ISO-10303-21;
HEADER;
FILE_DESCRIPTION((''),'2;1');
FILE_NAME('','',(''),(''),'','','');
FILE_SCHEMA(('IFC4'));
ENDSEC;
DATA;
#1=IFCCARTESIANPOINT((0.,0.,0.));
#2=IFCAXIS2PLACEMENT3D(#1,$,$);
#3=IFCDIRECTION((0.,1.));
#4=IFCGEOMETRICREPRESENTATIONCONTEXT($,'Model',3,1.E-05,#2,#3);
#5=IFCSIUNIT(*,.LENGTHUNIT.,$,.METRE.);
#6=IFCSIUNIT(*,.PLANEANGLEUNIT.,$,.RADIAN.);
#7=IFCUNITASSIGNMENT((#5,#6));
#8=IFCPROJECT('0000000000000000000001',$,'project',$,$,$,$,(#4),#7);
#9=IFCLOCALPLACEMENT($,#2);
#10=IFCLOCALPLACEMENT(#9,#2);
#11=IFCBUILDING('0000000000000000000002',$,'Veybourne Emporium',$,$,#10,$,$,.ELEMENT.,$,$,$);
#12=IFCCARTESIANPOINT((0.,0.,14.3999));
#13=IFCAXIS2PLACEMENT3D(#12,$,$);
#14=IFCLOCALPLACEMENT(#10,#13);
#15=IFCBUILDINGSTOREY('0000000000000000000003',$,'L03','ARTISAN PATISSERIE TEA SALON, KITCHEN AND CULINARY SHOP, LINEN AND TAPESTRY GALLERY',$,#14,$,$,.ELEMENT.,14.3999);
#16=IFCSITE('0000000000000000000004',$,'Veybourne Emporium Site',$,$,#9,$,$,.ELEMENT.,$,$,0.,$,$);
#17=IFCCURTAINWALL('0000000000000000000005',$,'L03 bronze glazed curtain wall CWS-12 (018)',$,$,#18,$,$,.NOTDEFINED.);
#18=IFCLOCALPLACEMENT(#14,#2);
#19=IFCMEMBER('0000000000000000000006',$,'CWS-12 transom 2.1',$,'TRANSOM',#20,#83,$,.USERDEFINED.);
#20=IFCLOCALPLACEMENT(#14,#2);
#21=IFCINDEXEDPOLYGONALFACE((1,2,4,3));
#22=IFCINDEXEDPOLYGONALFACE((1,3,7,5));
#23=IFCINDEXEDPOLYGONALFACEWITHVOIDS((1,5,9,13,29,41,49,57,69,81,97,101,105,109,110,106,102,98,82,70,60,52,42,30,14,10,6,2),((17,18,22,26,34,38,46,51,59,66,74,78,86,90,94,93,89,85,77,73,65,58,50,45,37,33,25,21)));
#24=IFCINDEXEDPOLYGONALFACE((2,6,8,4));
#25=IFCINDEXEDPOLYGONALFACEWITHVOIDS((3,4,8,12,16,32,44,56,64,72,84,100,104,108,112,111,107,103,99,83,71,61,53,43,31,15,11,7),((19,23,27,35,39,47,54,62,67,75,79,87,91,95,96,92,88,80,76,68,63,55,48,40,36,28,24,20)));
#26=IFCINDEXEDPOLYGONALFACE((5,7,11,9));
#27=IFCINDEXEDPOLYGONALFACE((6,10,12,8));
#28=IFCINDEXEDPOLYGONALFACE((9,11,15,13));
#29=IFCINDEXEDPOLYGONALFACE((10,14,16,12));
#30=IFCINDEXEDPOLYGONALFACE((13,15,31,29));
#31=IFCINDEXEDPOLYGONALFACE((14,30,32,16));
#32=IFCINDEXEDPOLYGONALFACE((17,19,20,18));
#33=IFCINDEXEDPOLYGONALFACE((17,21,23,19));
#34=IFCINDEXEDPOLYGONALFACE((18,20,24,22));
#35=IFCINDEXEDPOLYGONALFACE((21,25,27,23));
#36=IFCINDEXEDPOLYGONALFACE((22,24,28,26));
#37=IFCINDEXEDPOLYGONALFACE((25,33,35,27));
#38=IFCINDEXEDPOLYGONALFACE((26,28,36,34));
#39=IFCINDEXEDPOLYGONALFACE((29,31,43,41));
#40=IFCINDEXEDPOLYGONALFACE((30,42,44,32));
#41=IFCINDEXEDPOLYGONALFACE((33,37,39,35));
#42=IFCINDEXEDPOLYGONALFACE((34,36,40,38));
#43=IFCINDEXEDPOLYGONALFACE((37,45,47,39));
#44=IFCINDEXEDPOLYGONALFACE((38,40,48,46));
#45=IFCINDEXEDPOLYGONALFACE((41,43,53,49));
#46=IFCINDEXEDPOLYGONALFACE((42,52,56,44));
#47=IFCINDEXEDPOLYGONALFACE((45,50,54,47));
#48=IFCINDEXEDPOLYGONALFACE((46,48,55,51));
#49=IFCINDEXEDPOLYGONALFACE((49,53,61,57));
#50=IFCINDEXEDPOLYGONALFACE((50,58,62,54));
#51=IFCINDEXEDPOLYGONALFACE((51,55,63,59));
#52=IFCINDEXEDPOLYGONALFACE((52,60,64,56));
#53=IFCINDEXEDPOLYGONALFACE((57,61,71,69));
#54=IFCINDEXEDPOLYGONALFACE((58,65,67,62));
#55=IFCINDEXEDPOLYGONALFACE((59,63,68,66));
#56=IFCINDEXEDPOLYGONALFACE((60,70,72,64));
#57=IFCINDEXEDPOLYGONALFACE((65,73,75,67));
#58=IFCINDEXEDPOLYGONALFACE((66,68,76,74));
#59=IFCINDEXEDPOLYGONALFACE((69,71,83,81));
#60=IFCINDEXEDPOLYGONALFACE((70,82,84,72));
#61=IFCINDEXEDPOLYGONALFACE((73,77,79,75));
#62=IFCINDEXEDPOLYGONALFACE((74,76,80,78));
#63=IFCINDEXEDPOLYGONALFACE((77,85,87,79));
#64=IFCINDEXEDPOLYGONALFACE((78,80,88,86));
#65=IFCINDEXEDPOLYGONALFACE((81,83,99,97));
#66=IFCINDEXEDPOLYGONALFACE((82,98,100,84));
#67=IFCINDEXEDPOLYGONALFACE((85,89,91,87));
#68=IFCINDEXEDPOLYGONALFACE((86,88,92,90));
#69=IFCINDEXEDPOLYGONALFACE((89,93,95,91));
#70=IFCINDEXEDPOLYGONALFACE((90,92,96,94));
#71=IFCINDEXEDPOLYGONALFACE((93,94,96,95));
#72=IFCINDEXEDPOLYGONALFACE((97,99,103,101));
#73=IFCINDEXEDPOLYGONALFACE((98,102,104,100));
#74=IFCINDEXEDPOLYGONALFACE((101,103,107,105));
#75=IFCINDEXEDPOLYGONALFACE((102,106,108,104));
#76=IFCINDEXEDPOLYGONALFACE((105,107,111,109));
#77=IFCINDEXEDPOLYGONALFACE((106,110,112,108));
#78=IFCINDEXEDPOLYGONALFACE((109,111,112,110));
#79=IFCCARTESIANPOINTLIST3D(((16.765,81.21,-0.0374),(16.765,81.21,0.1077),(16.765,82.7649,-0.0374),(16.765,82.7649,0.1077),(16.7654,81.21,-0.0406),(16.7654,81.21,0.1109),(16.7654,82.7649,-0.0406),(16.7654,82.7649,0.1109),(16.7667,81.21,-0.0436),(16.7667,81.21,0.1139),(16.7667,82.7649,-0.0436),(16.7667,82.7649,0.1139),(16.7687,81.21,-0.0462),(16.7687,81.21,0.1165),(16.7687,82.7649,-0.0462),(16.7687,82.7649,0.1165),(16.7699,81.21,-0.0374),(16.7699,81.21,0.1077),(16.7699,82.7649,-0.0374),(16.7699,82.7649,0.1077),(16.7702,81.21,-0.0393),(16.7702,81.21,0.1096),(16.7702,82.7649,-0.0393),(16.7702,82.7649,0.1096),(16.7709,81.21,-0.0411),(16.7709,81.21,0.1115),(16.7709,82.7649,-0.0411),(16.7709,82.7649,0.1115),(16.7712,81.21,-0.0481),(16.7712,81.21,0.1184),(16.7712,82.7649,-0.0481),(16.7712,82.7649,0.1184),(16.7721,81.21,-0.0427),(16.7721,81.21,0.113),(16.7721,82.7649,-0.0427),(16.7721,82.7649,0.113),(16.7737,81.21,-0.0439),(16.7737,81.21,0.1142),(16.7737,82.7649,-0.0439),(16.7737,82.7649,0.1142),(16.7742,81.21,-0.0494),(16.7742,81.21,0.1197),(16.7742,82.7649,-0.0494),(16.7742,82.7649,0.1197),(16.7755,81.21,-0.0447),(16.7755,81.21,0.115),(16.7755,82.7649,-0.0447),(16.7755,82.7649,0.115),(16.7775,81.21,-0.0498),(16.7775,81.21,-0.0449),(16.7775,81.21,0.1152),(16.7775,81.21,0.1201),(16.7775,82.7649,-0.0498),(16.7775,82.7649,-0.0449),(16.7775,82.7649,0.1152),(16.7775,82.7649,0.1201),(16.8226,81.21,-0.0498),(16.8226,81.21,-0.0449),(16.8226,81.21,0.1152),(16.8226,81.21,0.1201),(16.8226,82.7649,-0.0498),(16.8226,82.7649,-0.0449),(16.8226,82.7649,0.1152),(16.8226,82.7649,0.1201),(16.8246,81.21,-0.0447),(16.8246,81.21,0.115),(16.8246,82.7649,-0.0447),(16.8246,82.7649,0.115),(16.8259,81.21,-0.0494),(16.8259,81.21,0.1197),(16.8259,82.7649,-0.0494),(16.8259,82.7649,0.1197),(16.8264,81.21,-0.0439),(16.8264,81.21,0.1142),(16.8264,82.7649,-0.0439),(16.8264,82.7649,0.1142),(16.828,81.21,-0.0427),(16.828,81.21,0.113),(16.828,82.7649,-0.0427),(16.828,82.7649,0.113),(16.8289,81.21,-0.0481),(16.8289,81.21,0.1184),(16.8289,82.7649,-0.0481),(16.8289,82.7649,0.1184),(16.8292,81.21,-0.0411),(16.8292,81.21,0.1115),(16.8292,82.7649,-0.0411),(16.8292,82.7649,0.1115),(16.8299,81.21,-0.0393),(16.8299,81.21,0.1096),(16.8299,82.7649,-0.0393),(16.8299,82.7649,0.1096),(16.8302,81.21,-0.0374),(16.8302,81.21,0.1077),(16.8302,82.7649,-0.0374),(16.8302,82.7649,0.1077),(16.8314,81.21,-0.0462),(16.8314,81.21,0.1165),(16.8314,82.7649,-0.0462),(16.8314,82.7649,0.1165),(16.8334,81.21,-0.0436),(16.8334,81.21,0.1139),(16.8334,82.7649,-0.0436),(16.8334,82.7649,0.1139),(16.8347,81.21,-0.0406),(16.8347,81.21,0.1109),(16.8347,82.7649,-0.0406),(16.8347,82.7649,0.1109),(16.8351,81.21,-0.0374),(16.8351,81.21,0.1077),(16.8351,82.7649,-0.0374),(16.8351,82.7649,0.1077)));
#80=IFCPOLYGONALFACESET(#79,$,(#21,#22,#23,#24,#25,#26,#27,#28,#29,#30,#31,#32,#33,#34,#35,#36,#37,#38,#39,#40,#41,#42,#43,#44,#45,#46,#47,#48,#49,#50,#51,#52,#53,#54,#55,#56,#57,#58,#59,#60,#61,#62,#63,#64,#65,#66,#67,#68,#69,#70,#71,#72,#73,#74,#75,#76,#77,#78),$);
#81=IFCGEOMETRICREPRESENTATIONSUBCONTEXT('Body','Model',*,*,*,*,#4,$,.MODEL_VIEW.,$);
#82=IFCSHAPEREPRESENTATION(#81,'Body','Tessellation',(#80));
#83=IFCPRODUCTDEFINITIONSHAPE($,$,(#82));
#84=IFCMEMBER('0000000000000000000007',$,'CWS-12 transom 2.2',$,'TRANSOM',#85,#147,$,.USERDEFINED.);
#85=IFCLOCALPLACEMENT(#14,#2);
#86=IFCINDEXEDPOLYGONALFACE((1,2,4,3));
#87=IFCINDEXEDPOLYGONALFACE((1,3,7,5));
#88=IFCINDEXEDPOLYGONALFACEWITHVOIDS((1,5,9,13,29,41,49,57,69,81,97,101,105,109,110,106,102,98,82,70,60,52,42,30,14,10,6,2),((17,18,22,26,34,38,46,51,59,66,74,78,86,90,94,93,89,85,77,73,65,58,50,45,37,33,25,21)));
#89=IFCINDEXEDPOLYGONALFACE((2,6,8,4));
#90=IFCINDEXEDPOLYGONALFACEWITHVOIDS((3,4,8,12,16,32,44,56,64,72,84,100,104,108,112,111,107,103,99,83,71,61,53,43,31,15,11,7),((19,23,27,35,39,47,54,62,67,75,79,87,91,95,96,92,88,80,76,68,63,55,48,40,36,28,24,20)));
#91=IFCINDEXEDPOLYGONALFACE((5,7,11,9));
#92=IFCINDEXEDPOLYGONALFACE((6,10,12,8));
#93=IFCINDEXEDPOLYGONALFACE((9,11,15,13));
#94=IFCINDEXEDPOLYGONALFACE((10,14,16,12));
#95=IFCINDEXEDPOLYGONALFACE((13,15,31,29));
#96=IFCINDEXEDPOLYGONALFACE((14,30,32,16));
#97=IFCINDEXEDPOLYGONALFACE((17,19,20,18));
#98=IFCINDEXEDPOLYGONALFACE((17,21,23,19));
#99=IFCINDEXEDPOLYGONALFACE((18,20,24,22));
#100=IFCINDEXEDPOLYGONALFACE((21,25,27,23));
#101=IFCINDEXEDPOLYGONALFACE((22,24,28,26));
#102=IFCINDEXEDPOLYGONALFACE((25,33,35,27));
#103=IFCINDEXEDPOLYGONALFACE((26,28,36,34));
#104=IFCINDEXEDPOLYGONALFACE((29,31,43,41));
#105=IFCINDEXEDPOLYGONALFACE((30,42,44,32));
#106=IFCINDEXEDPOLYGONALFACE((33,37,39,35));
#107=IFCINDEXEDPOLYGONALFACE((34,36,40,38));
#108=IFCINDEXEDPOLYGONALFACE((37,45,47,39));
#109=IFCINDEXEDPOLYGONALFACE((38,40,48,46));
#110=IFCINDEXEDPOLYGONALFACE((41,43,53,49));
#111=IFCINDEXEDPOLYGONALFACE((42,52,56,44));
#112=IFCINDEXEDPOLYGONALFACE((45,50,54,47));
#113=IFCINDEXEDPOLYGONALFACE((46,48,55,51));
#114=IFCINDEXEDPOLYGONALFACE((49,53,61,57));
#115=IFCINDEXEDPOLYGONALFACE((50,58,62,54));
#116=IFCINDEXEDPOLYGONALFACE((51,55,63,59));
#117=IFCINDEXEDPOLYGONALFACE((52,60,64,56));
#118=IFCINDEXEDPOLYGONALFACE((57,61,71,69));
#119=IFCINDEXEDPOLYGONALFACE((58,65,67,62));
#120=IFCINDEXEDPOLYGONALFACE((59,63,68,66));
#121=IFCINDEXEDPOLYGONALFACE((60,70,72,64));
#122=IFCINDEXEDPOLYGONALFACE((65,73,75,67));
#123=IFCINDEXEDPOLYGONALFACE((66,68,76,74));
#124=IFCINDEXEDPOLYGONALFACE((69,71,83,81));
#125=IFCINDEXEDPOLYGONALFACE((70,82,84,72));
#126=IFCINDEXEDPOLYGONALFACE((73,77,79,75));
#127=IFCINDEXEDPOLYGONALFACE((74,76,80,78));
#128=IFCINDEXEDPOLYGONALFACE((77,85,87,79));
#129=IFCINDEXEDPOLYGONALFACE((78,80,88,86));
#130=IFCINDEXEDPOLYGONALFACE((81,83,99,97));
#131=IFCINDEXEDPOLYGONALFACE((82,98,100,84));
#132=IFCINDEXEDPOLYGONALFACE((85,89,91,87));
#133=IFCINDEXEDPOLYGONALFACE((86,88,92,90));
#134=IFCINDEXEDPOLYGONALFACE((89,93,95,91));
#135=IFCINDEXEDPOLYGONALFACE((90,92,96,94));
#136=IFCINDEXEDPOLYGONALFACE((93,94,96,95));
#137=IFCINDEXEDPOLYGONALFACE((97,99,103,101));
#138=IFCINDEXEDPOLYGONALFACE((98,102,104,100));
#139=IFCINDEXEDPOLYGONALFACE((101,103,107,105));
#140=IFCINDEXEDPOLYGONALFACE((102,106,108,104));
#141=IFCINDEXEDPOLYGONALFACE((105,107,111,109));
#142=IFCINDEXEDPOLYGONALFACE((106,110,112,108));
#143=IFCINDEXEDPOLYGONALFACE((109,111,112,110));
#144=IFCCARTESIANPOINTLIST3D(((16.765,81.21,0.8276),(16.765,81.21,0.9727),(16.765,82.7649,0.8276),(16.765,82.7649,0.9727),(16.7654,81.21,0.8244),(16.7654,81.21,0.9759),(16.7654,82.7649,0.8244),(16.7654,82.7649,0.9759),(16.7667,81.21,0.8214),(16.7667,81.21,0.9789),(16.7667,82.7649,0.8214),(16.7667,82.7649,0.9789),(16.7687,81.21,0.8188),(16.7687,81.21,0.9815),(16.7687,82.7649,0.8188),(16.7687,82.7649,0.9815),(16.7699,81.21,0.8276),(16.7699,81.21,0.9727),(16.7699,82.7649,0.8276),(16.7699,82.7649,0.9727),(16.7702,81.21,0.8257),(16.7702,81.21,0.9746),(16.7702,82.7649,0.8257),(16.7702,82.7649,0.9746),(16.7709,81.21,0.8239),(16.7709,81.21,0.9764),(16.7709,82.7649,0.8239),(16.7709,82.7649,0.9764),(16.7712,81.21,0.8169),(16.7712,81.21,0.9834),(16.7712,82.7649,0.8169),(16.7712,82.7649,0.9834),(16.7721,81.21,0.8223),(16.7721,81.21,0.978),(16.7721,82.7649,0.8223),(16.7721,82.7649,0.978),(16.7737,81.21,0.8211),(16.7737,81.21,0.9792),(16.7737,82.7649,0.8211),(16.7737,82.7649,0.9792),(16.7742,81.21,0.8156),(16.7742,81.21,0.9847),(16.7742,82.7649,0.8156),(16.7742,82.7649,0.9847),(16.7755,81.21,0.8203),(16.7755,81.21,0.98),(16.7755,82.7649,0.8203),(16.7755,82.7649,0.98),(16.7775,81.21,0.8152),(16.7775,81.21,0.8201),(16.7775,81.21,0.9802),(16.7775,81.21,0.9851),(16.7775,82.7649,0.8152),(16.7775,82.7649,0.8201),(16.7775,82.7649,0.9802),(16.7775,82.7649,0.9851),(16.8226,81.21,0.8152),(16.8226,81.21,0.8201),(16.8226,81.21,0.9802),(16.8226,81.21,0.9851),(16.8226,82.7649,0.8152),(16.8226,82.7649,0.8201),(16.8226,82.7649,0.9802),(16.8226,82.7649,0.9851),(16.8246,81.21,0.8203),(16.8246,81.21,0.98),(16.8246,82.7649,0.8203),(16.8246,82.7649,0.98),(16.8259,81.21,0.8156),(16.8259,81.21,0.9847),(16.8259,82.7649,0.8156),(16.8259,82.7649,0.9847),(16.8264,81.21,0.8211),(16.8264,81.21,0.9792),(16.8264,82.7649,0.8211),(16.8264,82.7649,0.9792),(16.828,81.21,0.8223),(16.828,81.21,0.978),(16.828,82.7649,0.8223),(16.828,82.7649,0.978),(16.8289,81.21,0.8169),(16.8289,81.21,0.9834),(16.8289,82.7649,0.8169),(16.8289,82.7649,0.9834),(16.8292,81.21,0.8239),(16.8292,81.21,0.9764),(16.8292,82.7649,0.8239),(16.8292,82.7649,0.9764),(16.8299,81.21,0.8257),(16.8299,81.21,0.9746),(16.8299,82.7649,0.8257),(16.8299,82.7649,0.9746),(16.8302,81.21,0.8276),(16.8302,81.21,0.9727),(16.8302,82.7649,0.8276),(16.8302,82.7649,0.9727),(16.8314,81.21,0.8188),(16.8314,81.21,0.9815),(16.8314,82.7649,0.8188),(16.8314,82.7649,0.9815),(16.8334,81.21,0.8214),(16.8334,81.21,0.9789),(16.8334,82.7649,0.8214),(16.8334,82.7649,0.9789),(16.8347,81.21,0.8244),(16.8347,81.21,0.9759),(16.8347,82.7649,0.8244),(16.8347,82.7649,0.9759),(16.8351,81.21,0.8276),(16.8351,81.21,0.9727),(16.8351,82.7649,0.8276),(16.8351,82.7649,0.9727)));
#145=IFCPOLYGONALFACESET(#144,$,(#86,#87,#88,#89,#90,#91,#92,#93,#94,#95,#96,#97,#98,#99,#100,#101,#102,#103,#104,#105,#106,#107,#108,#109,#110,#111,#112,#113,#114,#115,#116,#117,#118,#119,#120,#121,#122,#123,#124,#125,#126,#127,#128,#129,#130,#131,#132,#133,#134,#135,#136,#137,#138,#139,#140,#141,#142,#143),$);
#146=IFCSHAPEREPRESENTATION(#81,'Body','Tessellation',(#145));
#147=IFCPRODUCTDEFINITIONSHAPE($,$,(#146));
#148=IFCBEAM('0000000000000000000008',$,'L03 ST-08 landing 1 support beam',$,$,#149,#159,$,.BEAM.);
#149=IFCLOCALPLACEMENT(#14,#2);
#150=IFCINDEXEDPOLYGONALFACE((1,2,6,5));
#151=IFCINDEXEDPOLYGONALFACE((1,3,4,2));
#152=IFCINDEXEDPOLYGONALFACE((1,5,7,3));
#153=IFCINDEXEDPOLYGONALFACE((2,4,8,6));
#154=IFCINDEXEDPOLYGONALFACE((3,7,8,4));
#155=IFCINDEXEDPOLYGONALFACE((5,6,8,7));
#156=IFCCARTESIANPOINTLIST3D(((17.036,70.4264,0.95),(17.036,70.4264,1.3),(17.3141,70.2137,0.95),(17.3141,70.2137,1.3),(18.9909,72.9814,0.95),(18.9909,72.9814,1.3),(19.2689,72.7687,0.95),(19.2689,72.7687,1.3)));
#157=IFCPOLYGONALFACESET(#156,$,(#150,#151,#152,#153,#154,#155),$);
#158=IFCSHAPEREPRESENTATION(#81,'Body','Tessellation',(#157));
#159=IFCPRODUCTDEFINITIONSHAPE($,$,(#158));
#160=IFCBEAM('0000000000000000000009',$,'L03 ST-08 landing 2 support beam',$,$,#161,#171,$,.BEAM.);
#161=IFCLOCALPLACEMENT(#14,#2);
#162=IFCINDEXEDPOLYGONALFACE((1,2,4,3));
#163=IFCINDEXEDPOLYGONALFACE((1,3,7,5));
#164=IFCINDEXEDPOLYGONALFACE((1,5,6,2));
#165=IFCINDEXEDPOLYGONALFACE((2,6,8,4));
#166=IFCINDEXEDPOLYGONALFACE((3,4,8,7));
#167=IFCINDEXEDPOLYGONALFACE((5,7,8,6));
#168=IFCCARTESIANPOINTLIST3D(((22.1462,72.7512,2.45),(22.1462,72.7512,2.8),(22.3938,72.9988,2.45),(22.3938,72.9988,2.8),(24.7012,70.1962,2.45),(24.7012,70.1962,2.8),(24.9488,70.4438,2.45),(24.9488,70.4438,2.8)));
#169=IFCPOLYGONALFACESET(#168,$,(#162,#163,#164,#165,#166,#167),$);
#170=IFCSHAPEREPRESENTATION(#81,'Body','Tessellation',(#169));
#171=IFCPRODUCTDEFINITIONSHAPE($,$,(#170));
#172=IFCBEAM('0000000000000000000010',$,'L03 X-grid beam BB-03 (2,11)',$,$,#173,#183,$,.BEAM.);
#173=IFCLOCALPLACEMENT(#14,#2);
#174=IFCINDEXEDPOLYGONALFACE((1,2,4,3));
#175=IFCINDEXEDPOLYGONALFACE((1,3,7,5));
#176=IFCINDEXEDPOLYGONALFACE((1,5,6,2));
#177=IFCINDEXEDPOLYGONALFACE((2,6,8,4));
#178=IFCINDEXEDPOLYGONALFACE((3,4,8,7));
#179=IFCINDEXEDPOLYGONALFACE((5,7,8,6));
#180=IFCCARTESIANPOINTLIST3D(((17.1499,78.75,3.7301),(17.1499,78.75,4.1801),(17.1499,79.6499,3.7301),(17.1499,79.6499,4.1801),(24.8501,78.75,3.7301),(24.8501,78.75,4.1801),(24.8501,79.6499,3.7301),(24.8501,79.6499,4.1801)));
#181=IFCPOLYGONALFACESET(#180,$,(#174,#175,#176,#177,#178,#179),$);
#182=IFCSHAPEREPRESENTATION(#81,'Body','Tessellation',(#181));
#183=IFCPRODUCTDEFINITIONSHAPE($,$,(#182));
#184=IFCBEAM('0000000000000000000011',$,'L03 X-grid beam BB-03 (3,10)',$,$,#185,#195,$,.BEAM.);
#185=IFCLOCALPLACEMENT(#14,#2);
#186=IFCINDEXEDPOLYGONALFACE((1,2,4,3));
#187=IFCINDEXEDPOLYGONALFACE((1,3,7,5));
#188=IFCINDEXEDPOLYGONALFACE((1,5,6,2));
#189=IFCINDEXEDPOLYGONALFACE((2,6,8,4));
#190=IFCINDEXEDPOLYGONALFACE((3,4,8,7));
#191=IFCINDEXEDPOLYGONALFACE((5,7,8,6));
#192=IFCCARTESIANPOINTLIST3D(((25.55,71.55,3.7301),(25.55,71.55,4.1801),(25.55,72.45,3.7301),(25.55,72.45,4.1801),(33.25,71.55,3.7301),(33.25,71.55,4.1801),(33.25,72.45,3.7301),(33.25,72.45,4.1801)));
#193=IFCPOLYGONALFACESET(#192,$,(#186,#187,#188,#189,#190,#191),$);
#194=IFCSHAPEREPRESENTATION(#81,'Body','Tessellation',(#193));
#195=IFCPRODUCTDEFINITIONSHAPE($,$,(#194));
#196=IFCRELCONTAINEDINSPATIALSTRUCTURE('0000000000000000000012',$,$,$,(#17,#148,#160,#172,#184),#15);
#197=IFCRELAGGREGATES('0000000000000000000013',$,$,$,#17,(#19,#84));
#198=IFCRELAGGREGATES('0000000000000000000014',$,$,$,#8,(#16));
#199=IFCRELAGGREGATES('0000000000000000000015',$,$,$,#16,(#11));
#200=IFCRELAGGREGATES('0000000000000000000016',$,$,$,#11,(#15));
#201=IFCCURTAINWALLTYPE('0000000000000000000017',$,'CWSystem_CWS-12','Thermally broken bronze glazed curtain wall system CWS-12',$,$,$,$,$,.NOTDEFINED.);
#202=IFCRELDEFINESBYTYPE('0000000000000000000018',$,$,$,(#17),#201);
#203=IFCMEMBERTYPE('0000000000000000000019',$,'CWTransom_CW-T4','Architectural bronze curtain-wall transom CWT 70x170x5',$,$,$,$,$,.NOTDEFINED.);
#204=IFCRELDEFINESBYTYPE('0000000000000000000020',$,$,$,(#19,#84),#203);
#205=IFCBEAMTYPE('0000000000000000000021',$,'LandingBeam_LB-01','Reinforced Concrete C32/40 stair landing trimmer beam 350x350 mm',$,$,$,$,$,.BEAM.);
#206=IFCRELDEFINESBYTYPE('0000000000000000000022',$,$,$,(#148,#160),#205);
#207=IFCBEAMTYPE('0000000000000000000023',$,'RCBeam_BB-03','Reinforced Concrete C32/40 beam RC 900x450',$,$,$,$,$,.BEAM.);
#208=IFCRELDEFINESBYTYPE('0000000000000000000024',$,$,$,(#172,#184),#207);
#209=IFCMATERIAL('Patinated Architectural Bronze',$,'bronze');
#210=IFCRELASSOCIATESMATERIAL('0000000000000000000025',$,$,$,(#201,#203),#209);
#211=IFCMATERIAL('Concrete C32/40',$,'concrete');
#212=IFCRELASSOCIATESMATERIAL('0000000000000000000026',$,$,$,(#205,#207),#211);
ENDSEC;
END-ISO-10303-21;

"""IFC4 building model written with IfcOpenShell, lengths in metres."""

from ifc_helpers import new_model, si_unit, direction, frame, origin, origin_2d, place, context, subcontext, project, spatial, rectangle, hollow_rectangle, extrude, material, material_profile, profile_set, type_object, element, aggregate, save


model = new_model("IFC4")

# Units and contexts
model_context = context("Model", 3, precision=1e-05, world=origin(), true_north=direction((0.0, 1.0)))
body_context = subcontext(model_context, "Body", "Model", "MODEL_VIEW")
ifc_project = project(units=[si_unit("LENGTHUNIT", "METRE"), si_unit("PLANEANGLEUNIT", "RADIAN")], contexts=[model_context])

# Site, building, storey
site_placement = place(None, origin())
site = spatial("IfcSite", under=ifc_project, at=site_placement, Name="Veybourne Emporium Site", CompositionType="ELEMENT", RefElevation=0.0)
building_placement = place(site_placement, origin())
building = spatial("IfcBuilding", under=site, at=building_placement, Name="Veybourne Emporium", CompositionType="ELEMENT")
storey_placement = place(building_placement, frame((0.0, 0.0, 14.3999)))
storey = spatial("IfcBuildingStorey", under=building, at=storey_placement, Name="L03", Description="ARTISAN PATISSERIE TEA SALON, KITCHEN AND CULINARY SHOP, LINEN AND TAPESTRY GALLERY", CompositionType="ELEMENT", Elevation=14.3999)

# Curtain wall, members
ifc_material_1 = material(Name="Patinated Architectural Bronze", Category="bronze")
curtain_wall_type = type_object("IfcCurtainWallType", Name="CWSystem_CWS-12", Description="Thermally broken bronze glazed curtain wall system CWS-12", PredefinedType="NOTDEFINED", material=ifc_material_1)
curtain_wall_placement = place(storey_placement, origin())
curtain_wall = element("IfcCurtainWall", 1, at=curtain_wall_placement, inside=storey, type_object=curtain_wall_type, Name="L03 bronze glazed curtain wall CWS-12 (018)", PredefinedType="NOTDEFINED")
ifc_material_profile_1 = material_profile(ifc_material_1, hollow_rectangle(XDim=0.0701, YDim=0.1699, WallThickness=0.0049, InnerFilletRadius=0.0076, OuterFilletRadius=0.0125, at=origin_2d()), Name="CWT 70x170x5")
ifc_profile_set_1 = profile_set([ifc_material_profile_1], Name="Patinated Architectural Bronze")
member_type_1 = type_object("IfcMemberType", Name="CWTransom_CW-T4", Description="Architectural bronze curtain-wall transom CWT 70x170x5", PredefinedType="NOTDEFINED", material=ifc_profile_set_1)
member_1_placement = place(storey_placement, frame((16.8, 81.21, 0.0352), z_axis=(0.0, 1.0, 0.0), x_axis=(-1.0, 0.0, 0.0)))
member_1 = element("IfcMember", 2, at=member_1_placement, type_object=member_type_1, Name="CWS-12 transom 2.1", ObjectType="TRANSOM", PredefinedType="USERDEFINED", context=body_context, shape_type="SweptSolid", body=[
    extrude(hollow_rectangle(XDim=0.0701, YDim=0.1699, WallThickness=0.0049, InnerFilletRadius=0.0076, OuterFilletRadius=0.0125, at=origin_2d()), origin(), (0.0, 0.0, 1.0), 1.5549),
])
member_2_placement = place(storey_placement, frame((16.8, 81.21, 0.9001), z_axis=(0.0, 1.0, 0.0), x_axis=(-1.0, 0.0, 0.0)))
member_2 = element("IfcMember", 3, at=member_2_placement, type_object=member_type_1, Name="CWS-12 transom 2.2", ObjectType="TRANSOM", PredefinedType="USERDEFINED", context=body_context, shape_type="SweptSolid", body=[
    extrude(hollow_rectangle(XDim=0.0701, YDim=0.1699, WallThickness=0.0049, InnerFilletRadius=0.0076, OuterFilletRadius=0.0125, at=origin_2d()), origin(), (0.0, 0.0, 1.0), 1.5549),
])

# Beams
ifc_material_2 = material(Name="Concrete C32/40", Category="concrete")
ifc_material_profile_2 = material_profile(ifc_material_2, rectangle(XDim=0.3501, YDim=0.3501, at=origin_2d()), Name="RC 350x350")
ifc_profile_set_2 = profile_set([ifc_material_profile_2], Name="Concrete C32/40")
beam_type_1 = type_object("IfcBeamType", Name="LandingBeam_LB-01", Description="Reinforced Concrete C32/40 stair landing trimmer beam 350x350 mm", PredefinedType="BEAM", material=ifc_profile_set_2)
beam_1_placement = place(storey_placement, frame((17.175, 70.3201, 1.125), z_axis=(0.607659, 0.794198, 0.0), x_axis=(-0.794198, 0.607659, 0.0)))
element("IfcBeam", 4, at=beam_1_placement, inside=storey, type_object=beam_type_1, Name="L03 ST-08 landing 1 support beam", PredefinedType="BEAM", context=body_context, shape_type="SweptSolid", body=[
    extrude(rectangle(XDim=0.3501, YDim=0.3501, at=origin_2d()), origin(), (0.0, 0.0, 1.0), 3.217),
])
beam_2_placement = place(storey_placement, frame((22.27, 72.875, 2.625), z_axis=(0.707107, -0.707107, 0.0), x_axis=(0.707107, 0.707107, 0.0)))
element("IfcBeam", 5, at=beam_2_placement, inside=storey, type_object=beam_type_1, Name="L03 ST-08 landing 2 support beam", PredefinedType="BEAM", context=body_context, shape_type="SweptSolid", body=[
    extrude(rectangle(XDim=0.3501, YDim=0.3501, at=origin_2d()), origin(), (0.0, 0.0, 1.0), 3.6133),
])
ifc_material_profile_3 = material_profile(ifc_material_2, rectangle(XDim=0.8999, YDim=0.45, at=origin_2d()), Name="RC 900x450")
ifc_profile_set_3 = profile_set([ifc_material_profile_3], Name="Concrete C32/40")
beam_type_2 = type_object("IfcBeamType", Name="RCBeam_BB-03", Description="Reinforced Concrete C32/40 beam RC 900x450", PredefinedType="BEAM", material=ifc_profile_set_3)
beam_3_placement = place(storey_placement, frame((17.1499, 79.2, 3.9551), z_axis=(1.0, 0.0, 0.0), x_axis=(0.0, 1.0, 0.0)))
element("IfcBeam", 6, at=beam_3_placement, inside=storey, type_object=beam_type_2, Name="L03 X-grid beam BB-03 (2,11)", PredefinedType="BEAM", context=body_context, shape_type="SweptSolid", body=[
    extrude(rectangle(XDim=0.8999, YDim=0.45, at=origin_2d()), origin(), (0.0, 0.0, 1.0), 7.7002),
])
for number, where, z_axis, x_axis, name in (
    (7, (25.55, 72.0, 3.9551), (1.0, 0.0, 0.0), (0.0, 1.0, 0.0), "L03 X-grid beam BB-03 (3,10)"),
):
    element("IfcBeam", number, at=place(storey_placement, frame(where, z_axis=z_axis, x_axis=x_axis)), inside=storey, type_object=beam_type_2, Name=name, PredefinedType="BEAM", context=body_context, shape_type="SweptSolid", body=[
        extrude(rectangle(XDim=0.8999, YDim=0.45, at=origin_2d()), origin(), (0.0, 0.0, 1.0), 7.7),
    ])

aggregate(curtain_wall, [member_1, member_2])

save(model, "model.ifc")
